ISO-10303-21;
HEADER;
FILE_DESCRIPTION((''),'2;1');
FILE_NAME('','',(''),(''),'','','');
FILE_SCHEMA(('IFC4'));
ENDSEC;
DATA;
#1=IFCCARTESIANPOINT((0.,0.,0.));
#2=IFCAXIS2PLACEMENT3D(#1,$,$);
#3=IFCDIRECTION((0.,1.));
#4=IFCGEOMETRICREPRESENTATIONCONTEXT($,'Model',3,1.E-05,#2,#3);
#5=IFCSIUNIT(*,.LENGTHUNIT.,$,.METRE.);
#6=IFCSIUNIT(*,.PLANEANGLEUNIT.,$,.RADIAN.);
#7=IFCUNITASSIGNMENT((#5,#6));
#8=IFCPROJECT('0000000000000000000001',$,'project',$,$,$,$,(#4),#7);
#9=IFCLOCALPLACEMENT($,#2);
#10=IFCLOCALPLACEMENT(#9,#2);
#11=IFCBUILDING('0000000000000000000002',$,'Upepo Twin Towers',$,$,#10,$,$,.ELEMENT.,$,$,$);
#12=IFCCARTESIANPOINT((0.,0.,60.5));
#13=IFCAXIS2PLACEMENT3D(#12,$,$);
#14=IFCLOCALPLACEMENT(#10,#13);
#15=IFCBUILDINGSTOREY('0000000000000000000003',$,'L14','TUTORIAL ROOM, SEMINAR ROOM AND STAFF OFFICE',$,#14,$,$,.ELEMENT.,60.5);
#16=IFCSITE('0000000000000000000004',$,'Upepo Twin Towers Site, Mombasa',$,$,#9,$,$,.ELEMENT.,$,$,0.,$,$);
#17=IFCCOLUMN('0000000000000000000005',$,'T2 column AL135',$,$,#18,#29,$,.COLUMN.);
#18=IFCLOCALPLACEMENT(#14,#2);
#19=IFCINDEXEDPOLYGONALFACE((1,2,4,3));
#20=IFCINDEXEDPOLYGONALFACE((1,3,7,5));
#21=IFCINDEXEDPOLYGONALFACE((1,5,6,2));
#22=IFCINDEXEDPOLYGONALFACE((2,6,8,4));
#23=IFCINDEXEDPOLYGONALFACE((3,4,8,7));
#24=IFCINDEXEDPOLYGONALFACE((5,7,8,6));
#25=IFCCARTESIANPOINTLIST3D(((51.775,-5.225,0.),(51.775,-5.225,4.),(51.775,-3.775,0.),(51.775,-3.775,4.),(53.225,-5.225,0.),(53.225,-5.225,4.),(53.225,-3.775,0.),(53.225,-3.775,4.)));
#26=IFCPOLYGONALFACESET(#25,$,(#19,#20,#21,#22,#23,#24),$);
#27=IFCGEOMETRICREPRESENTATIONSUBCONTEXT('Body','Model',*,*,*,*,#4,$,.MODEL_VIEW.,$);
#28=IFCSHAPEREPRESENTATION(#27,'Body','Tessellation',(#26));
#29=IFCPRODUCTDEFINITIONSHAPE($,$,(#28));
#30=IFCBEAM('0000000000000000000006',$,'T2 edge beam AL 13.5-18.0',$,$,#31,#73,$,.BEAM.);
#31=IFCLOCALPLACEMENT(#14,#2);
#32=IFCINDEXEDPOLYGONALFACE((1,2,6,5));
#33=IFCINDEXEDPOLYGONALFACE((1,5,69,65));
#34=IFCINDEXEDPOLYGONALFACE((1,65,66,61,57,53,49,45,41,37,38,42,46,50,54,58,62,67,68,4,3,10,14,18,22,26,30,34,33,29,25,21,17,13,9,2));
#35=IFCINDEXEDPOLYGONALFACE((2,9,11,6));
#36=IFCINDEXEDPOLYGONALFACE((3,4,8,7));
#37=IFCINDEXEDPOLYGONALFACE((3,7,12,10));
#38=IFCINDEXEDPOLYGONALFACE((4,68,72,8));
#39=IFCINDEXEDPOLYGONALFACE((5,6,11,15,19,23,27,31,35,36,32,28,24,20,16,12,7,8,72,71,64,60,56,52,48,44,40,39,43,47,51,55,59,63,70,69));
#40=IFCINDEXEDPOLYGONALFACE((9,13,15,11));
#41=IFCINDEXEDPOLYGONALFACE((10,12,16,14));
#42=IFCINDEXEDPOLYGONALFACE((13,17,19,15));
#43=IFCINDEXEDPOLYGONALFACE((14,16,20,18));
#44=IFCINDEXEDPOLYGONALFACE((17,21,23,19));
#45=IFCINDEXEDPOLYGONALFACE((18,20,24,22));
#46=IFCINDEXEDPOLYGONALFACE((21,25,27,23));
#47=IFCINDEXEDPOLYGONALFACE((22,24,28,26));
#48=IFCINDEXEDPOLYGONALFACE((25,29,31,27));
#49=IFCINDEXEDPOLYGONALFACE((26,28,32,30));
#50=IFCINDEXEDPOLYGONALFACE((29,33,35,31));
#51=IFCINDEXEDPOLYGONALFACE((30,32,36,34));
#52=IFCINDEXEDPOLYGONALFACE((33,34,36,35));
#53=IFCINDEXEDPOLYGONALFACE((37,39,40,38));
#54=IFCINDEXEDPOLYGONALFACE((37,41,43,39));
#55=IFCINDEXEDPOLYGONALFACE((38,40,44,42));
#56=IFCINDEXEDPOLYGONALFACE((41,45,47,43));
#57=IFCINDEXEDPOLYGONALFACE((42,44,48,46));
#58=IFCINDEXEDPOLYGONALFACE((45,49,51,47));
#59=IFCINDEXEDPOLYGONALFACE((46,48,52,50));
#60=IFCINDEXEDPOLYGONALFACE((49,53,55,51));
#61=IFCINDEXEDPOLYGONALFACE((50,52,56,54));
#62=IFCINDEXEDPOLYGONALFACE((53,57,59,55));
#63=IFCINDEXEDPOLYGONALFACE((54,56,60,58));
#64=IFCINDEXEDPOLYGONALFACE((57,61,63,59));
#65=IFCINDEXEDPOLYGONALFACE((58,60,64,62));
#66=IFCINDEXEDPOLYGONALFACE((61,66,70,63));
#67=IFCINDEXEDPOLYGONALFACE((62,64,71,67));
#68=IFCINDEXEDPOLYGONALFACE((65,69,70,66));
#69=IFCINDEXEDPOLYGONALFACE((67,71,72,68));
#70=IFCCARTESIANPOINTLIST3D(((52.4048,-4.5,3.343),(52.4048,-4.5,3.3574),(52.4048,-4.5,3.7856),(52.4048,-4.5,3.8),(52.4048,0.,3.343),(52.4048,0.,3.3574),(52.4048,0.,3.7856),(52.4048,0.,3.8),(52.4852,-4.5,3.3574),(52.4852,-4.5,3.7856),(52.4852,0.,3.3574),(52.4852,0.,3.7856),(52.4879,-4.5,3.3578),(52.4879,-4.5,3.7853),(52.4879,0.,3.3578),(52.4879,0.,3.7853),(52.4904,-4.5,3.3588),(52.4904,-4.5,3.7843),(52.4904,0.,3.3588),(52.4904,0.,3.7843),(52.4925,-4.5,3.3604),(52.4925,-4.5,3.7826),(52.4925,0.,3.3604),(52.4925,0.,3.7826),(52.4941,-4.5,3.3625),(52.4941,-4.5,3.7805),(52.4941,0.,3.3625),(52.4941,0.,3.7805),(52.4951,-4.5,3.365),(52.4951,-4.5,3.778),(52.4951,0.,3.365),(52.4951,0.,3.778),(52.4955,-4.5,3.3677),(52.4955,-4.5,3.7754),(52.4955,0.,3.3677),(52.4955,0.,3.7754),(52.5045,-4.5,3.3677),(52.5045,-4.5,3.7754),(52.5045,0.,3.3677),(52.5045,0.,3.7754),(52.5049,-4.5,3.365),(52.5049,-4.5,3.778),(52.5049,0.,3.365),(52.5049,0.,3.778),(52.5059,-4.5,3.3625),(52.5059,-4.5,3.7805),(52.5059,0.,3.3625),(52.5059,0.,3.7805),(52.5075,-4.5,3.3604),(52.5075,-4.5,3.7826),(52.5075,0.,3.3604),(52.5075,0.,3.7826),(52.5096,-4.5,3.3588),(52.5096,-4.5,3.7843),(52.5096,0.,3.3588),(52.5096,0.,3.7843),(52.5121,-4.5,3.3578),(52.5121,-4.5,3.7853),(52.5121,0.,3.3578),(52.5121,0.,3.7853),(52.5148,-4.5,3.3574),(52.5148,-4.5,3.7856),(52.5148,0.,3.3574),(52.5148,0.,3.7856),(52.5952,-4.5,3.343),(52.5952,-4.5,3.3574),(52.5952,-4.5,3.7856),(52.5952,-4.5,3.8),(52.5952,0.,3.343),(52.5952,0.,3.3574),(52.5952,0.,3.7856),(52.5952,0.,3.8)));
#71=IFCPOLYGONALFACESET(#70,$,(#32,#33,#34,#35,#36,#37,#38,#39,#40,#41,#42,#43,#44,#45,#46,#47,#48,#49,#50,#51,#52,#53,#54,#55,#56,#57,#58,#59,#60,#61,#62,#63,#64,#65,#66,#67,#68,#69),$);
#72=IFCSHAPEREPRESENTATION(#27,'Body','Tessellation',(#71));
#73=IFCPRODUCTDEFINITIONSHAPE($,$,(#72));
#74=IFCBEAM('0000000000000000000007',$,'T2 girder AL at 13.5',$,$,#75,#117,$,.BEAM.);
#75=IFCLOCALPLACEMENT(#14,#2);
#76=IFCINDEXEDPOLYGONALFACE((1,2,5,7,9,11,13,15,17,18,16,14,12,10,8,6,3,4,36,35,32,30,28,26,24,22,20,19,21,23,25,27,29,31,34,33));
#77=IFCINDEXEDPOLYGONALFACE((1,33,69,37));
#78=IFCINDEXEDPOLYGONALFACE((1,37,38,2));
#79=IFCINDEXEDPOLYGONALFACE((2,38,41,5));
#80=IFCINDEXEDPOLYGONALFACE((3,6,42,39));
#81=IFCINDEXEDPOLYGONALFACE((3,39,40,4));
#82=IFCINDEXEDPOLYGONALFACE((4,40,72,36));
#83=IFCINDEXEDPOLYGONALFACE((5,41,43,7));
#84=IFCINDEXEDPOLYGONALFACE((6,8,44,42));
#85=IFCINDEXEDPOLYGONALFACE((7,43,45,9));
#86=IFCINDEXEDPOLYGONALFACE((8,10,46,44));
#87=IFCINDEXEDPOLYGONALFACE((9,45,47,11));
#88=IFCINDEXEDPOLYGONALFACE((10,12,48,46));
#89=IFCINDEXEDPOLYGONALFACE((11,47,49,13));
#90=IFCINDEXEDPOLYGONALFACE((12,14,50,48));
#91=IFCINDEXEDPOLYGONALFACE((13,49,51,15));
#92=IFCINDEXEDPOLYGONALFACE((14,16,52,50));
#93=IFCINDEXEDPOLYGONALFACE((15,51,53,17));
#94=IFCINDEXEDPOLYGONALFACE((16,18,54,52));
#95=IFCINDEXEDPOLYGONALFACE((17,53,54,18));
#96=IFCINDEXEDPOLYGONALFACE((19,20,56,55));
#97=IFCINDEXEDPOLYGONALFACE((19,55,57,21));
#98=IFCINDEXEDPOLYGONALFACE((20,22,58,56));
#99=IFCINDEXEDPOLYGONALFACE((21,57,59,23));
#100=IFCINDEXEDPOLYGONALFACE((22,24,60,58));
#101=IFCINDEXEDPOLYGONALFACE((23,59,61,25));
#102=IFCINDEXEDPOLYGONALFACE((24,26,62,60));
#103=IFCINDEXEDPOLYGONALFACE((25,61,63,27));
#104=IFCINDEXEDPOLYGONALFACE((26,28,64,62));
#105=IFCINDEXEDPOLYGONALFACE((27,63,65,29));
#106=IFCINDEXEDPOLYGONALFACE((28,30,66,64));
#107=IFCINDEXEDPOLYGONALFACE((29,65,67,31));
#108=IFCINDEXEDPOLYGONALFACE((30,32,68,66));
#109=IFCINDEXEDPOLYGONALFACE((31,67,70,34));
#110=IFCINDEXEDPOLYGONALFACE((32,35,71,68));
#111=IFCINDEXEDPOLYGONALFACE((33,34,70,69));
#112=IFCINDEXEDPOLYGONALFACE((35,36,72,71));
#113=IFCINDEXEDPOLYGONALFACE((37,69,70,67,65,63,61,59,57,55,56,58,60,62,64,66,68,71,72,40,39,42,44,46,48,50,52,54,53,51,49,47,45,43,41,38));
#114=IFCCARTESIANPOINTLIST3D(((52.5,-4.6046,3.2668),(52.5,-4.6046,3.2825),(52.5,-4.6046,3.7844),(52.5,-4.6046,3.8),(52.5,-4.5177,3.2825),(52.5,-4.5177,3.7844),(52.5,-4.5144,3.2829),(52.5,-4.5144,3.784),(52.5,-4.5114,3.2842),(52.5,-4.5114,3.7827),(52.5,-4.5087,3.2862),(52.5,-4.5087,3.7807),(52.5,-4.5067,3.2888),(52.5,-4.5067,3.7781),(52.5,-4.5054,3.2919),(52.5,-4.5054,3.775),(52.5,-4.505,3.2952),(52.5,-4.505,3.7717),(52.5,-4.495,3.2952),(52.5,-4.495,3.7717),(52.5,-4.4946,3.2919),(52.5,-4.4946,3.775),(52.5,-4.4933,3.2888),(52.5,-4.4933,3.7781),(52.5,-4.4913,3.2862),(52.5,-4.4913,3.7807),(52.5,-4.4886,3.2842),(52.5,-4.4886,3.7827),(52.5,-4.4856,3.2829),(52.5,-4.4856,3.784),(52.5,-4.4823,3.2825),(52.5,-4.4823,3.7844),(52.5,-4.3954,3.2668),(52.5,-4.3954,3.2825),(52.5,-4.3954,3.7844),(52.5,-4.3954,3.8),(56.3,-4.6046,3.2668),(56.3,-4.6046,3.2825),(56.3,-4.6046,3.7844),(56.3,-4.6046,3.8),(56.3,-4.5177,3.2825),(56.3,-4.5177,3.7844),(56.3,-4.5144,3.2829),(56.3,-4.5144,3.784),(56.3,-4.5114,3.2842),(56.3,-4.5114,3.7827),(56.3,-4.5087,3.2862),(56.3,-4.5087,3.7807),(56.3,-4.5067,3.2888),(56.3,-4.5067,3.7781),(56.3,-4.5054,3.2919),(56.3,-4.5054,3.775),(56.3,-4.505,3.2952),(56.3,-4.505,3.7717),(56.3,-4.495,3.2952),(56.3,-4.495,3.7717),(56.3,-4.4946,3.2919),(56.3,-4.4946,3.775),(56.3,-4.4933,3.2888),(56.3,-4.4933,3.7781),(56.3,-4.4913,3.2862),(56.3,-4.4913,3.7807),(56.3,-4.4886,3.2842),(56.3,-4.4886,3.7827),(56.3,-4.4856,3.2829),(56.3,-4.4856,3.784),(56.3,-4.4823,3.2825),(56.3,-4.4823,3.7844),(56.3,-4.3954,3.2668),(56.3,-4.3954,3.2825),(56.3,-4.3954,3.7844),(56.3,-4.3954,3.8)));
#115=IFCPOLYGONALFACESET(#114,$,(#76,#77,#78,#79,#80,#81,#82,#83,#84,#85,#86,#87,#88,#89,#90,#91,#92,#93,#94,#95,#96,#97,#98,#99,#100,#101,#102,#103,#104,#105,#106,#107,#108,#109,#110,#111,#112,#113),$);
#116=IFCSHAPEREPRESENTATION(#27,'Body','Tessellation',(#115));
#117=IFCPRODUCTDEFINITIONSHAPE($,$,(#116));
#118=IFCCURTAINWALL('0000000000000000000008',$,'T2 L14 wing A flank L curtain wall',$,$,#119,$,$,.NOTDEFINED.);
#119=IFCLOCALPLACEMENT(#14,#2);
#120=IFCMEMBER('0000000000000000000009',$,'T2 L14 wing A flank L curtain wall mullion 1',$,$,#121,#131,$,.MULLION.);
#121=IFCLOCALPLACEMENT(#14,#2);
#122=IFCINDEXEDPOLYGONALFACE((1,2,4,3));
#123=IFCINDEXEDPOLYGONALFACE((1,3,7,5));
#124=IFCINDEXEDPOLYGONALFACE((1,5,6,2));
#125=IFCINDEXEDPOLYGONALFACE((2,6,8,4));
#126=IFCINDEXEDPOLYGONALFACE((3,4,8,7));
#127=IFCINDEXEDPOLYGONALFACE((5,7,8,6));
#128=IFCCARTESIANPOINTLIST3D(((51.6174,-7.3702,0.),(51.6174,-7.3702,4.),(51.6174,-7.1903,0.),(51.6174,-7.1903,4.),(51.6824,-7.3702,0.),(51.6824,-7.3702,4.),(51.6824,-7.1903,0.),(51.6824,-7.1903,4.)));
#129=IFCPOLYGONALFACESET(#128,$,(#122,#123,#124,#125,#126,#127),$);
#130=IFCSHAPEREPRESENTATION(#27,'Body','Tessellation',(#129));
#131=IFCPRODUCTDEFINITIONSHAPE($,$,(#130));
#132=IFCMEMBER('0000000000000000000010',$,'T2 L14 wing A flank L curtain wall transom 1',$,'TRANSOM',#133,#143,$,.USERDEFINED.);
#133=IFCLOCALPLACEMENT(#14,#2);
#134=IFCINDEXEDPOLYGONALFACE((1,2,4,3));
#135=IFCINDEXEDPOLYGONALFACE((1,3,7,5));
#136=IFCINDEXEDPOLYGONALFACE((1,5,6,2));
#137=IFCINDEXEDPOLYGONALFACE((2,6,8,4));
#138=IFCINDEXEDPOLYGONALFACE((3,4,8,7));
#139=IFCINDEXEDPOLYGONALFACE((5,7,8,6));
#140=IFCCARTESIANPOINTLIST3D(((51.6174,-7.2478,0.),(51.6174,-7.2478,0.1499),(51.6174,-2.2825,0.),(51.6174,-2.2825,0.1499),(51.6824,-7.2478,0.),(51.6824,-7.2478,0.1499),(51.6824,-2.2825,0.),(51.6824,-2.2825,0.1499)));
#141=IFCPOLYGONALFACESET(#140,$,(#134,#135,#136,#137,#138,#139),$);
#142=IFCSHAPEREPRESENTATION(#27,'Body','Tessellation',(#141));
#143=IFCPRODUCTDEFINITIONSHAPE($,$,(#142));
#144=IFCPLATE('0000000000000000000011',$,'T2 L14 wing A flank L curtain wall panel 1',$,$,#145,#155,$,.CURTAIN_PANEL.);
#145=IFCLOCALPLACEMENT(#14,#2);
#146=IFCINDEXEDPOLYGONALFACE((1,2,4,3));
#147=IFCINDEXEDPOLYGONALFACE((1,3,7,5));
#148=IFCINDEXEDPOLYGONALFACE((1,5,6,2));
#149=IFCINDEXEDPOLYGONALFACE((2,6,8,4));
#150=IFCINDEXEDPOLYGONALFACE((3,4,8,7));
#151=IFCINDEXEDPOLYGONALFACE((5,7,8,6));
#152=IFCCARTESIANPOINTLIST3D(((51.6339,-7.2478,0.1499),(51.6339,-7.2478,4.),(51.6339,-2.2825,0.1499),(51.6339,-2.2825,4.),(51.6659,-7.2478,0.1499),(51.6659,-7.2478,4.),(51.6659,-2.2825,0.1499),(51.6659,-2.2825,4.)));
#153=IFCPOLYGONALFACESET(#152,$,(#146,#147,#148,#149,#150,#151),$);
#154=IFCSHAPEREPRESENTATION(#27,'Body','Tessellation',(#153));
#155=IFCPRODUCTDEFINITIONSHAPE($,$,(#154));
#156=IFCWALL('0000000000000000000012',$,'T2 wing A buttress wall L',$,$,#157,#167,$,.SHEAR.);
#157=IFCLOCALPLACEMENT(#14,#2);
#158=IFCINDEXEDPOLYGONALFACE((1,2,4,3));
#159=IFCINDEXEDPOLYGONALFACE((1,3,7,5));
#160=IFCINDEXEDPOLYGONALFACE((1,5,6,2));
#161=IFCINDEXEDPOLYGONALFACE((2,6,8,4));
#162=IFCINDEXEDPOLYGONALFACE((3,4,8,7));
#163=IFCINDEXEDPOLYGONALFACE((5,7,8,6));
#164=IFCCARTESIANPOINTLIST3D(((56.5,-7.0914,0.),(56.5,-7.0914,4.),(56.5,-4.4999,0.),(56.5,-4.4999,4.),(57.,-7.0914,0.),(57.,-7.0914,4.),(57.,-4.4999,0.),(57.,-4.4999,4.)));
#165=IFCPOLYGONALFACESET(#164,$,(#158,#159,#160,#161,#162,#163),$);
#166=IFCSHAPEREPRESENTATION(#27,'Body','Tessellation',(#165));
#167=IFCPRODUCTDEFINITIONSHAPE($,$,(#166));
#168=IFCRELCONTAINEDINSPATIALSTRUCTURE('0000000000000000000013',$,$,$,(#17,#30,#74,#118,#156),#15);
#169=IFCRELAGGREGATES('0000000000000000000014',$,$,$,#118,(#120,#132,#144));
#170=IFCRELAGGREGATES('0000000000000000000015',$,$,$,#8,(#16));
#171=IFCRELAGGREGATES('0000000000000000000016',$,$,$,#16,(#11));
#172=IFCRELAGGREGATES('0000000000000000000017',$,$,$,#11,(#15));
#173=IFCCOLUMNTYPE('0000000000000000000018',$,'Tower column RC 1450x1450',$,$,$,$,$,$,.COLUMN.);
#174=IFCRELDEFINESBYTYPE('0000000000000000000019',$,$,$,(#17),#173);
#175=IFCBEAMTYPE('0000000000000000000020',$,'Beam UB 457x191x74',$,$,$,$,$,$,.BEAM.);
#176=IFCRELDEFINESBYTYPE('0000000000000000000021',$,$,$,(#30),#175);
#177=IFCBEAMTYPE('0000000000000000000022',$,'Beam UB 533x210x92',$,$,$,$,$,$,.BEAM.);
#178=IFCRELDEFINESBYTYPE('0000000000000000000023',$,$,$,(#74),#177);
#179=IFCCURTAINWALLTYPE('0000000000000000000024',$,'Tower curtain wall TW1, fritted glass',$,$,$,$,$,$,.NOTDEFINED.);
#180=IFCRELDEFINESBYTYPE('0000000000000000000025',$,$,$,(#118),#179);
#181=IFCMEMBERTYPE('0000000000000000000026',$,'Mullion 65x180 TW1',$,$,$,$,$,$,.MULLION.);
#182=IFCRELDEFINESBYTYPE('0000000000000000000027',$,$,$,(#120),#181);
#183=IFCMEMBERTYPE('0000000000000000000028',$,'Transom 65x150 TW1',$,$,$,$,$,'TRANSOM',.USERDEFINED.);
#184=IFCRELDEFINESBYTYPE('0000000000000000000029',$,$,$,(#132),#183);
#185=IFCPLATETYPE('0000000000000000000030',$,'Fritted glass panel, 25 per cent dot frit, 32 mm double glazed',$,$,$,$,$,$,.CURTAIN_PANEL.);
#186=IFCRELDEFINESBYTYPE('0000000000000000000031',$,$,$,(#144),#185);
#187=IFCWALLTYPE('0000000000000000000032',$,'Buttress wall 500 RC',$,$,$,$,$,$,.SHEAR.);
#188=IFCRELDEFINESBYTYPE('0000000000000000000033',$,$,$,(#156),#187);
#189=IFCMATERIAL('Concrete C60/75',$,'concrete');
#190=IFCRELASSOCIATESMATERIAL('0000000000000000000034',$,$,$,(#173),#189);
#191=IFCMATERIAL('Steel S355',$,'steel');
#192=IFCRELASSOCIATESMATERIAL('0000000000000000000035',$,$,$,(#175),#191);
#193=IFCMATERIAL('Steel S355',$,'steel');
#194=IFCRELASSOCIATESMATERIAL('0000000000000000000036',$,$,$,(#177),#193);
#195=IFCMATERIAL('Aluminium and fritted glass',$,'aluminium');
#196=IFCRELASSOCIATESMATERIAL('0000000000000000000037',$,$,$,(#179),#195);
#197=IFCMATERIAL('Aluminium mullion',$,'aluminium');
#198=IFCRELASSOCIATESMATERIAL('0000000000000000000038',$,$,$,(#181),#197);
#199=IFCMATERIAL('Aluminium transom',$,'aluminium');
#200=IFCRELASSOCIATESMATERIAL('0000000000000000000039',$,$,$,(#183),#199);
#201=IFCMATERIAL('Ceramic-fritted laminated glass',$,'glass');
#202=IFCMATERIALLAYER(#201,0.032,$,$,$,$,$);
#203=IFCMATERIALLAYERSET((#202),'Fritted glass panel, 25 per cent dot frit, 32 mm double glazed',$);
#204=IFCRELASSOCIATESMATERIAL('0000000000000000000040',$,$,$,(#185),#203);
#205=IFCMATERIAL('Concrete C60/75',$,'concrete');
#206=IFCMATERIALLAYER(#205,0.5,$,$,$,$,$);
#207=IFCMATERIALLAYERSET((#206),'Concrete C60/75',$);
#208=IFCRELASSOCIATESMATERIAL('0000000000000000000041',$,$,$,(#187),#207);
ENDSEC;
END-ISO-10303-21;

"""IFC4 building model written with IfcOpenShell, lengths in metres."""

from ifc_helpers import new_model, si_unit, direction, frame, frame_2d, origin, origin_2d, place, context, subcontext, project, spatial, rectangle, i_section, extrude, material, layer, layer_set, material_profile, profile_set, type_object, element, aggregate, save


model = new_model("IFC4")

# Units and contexts
model_context = context("Model", 3, precision=1e-05, world=origin(), true_north=direction((0.0, 1.0)))
body_context = subcontext(model_context, "Body", "Model", "MODEL_VIEW")
ifc_project = project(units=[si_unit("LENGTHUNIT", "METRE"), si_unit("PLANEANGLEUNIT", "RADIAN")], contexts=[model_context])

# Site, building, storey
site_placement = place(None, origin())
site = spatial("IfcSite", under=ifc_project, at=site_placement, Name="Upepo Twin Towers Site, Mombasa", CompositionType="ELEMENT", RefElevation=0.0)
building_placement = place(site_placement, origin())
building = spatial("IfcBuilding", under=site, at=building_placement, Name="Upepo Twin Towers", CompositionType="ELEMENT")
storey_placement = place(building_placement, frame((0.0, 0.0, 60.5)))
storey = spatial("IfcBuildingStorey", under=building, at=storey_placement, Name="L14", Description="TUTORIAL ROOM, SEMINAR ROOM AND STAFF OFFICE", CompositionType="ELEMENT", Elevation=60.5)

# Column
ifc_material_1 = material(Name="Concrete C60/75", Category="concrete")
ifc_material_profile_1 = material_profile(ifc_material_1, rectangle(XDim=1.45, YDim=1.45, at=origin_2d()), Name="RC 1450x1450")
ifc_profile_set_1 = profile_set([ifc_material_profile_1], Name="Concrete C60/75")
column_type = type_object("IfcColumnType", Name="Tower column RC 1450x1450", PredefinedType="COLUMN", material=ifc_profile_set_1)
column_placement = place(storey_placement, frame((52.5, -4.5, 0.0), z_axis=(0.0, 0.0, 1.0), x_axis=(1.0, 0.0, 0.0)))
element("IfcColumn", 1, at=column_placement, inside=storey, type_object=column_type, Name="T2 column AL135", PredefinedType="COLUMN", context=body_context, shape_type="SweptSolid", body=[
    extrude(rectangle(XDim=1.45, YDim=1.45, at=origin_2d()), origin(), (0.0, 0.0, 1.0), 4.0),
])

# Beams
ifc_material_2 = material(Name="Steel S355", Category="steel")
ifc_material_profile_2 = material_profile(ifc_material_2, i_section(OverallWidth=0.1904, OverallDepth=0.457, WebThickness=0.009, FlangeThickness=0.0144, FilletRadius=0.0103, at=origin_2d()), Name="UB 457x191x74")
ifc_profile_set_2 = profile_set([ifc_material_profile_2], Name="Steel S355")
beam_type_1 = type_object("IfcBeamType", Name="Beam UB 457x191x74", PredefinedType="BEAM", material=ifc_profile_set_2)
beam_1_placement = place(storey_placement, frame((52.5, -4.5, 3.5715), z_axis=(0.0, 1.0, 0.0), x_axis=(-1.0, 0.0, 0.0)))
element("IfcBeam", 2, at=beam_1_placement, inside=storey, type_object=beam_type_1, Name="T2 edge beam AL 13.5-18.0", PredefinedType="BEAM", context=body_context, shape_type="SweptSolid", body=[
    extrude(i_section(OverallWidth=0.1904, OverallDepth=0.457, WebThickness=0.009, FlangeThickness=0.0144, FilletRadius=0.0103, at=origin_2d()), origin(), (0.0, 0.0, 1.0), 4.5),
])
ifc_material_3 = material(Name="Steel S355", Category="steel")
ifc_material_profile_3 = material_profile(ifc_material_3, i_section(OverallWidth=0.2092, OverallDepth=0.5332, WebThickness=0.01, FlangeThickness=0.0156, FilletRadius=0.0127, at=origin_2d()), Name="UB 533x210x92")
ifc_profile_set_3 = profile_set([ifc_material_profile_3], Name="Steel S355")
beam_type_2 = type_object("IfcBeamType", Name="Beam UB 533x210x92", PredefinedType="BEAM", material=ifc_profile_set_3)
beam_2_placement = place(storey_placement, frame((52.5, -4.5, 3.5334), z_axis=(1.0, 0.0, 0.0), x_axis=(0.0, 1.0, 0.0)))
element("IfcBeam", 3, at=beam_2_placement, inside=storey, type_object=beam_type_2, Name="T2 girder AL at 13.5", PredefinedType="BEAM", context=body_context, shape_type="SweptSolid", body=[
    extrude(i_section(OverallWidth=0.2092, OverallDepth=0.5332, WebThickness=0.01, FlangeThickness=0.0156, FilletRadius=0.0127, at=origin_2d()), origin(), (0.0, 0.0, 1.0), 3.8),
])

# Curtain wall, members, plate
ifc_material_4 = material(Name="Aluminium and fritted glass", Category="aluminium")
curtain_wall_type = type_object("IfcCurtainWallType", Name="Tower curtain wall TW1, fritted glass", PredefinedType="NOTDEFINED", material=ifc_material_4)
curtain_wall_placement = place(storey_placement, origin())
curtain_wall = element("IfcCurtainWall", 4, at=curtain_wall_placement, inside=storey, type_object=curtain_wall_type, Name="T2 L14 wing A flank L curtain wall", PredefinedType="NOTDEFINED")
ifc_material_5 = material(Name="Aluminium mullion", Category="aluminium")
ifc_material_profile_4 = material_profile(ifc_material_5, rectangle(XDim=0.0649, YDim=0.1799, at=origin_2d()), Name="MULLION 65x180")
ifc_profile_set_4 = profile_set([ifc_material_profile_4], Name="Aluminium mullion")
member_type_1 = type_object("IfcMemberType", Name="Mullion 65x180 TW1", PredefinedType="MULLION", material=ifc_profile_set_4)
member_1_placement = place(storey_placement, frame((51.6499, -7.2803, 0.0), z_axis=(0.0, 0.0, 1.0), x_axis=(-1.0, 0.0, 0.0)))
member_1 = element("IfcMember", 5, at=member_1_placement, type_object=member_type_1, Name="T2 L14 wing A flank L curtain wall mullion 1", PredefinedType="MULLION", context=body_context, shape_type="SweptSolid", body=[
    extrude(rectangle(XDim=0.0649, YDim=0.1799, at=origin_2d()), origin(), (0.0, 0.0, 1.0), 4.0),
])
ifc_material_6 = material(Name="Aluminium transom", Category="aluminium")
ifc_material_profile_5 = material_profile(ifc_material_6, rectangle(XDim=0.0649, YDim=0.1499, at=origin_2d()), Name="TRANSOM 65x150")
ifc_profile_set_5 = profile_set([ifc_material_profile_5], Name="Aluminium transom")
member_type_2 = type_object("IfcMemberType", Name="Transom 65x150 TW1", ElementType="TRANSOM", PredefinedType="USERDEFINED", material=ifc_profile_set_5)
member_2_placement = place(storey_placement, frame((51.6499, -7.2478, 0.075), z_axis=(0.0, 1.0, 0.0), x_axis=(-1.0, 0.0, 0.0)))
member_2 = element("IfcMember", 6, at=member_2_placement, type_object=member_type_2, Name="T2 L14 wing A flank L curtain wall transom 1", ObjectType="TRANSOM", PredefinedType="USERDEFINED", context=body_context, shape_type="SweptSolid", body=[
    extrude(rectangle(XDim=0.0649, YDim=0.1499, at=origin_2d()), origin(), (0.0, 0.0, 1.0), 4.9653),
])
ifc_material_7 = material(Name="Ceramic-fritted laminated glass", Category="glass")
ifc_layer_1 = layer(ifc_material_7, 0.032)
ifc_layer_set_1 = layer_set([ifc_layer_1], Name="Fritted glass panel, 25 per cent dot frit, 32 mm double glazed")
plate_type = type_object("IfcPlateType", Name="Fritted glass panel, 25 per cent dot frit, 32 mm double glazed", PredefinedType="CURTAIN_PANEL", material=ifc_layer_set_1)
plate_placement = place(storey_placement, frame((51.6499, -4.7651, 0.1499), z_axis=(0.0, 0.0, 1.0), x_axis=(0.0, 1.0, 0.0)))
plate = element("IfcPlate", 7, at=plate_placement, type_object=plate_type, Name="T2 L14 wing A flank L curtain wall panel 1", PredefinedType="CURTAIN_PANEL", context=body_context, shape_type="SweptSolid", body=[
    extrude(rectangle(XDim=4.9653, YDim=0.032, at=origin_2d()), origin(), (0.0, 0.0, 1.0), 3.8501),
])
aggregate(curtain_wall, [member_1, member_2, plate])

# Wall
ifc_material_8 = material(Name="Concrete C60/75", Category="concrete")
ifc_layer_2 = layer(ifc_material_8, 0.5)
ifc_layer_set_2 = layer_set([ifc_layer_2], Name="Concrete C60/75")
wall_type_1 = type_object("IfcWallType", Name="Buttress wall 500 RC", PredefinedType="SHEAR", material=ifc_layer_set_2)
wall_1_placement = place(storey_placement, frame((56.75, -7.0916, 0.0), z_axis=(0.0, 0.0, 1.0), x_axis=(0.0, 1.0, 0.0)))
element("IfcWall", 8, at=wall_1_placement, inside=storey, type_object=wall_type_1, Name="T2 wing A buttress wall L", PredefinedType="SHEAR", context=body_context, shape_type="SweptSolid", body=[
    extrude(rectangle(XDim=2.5916, YDim=0.5, at=frame_2d((1.2959, 0.0))), origin(), (0.0, 0.0, 1.0), 4.0),
])

save(model, "model.ifc")
